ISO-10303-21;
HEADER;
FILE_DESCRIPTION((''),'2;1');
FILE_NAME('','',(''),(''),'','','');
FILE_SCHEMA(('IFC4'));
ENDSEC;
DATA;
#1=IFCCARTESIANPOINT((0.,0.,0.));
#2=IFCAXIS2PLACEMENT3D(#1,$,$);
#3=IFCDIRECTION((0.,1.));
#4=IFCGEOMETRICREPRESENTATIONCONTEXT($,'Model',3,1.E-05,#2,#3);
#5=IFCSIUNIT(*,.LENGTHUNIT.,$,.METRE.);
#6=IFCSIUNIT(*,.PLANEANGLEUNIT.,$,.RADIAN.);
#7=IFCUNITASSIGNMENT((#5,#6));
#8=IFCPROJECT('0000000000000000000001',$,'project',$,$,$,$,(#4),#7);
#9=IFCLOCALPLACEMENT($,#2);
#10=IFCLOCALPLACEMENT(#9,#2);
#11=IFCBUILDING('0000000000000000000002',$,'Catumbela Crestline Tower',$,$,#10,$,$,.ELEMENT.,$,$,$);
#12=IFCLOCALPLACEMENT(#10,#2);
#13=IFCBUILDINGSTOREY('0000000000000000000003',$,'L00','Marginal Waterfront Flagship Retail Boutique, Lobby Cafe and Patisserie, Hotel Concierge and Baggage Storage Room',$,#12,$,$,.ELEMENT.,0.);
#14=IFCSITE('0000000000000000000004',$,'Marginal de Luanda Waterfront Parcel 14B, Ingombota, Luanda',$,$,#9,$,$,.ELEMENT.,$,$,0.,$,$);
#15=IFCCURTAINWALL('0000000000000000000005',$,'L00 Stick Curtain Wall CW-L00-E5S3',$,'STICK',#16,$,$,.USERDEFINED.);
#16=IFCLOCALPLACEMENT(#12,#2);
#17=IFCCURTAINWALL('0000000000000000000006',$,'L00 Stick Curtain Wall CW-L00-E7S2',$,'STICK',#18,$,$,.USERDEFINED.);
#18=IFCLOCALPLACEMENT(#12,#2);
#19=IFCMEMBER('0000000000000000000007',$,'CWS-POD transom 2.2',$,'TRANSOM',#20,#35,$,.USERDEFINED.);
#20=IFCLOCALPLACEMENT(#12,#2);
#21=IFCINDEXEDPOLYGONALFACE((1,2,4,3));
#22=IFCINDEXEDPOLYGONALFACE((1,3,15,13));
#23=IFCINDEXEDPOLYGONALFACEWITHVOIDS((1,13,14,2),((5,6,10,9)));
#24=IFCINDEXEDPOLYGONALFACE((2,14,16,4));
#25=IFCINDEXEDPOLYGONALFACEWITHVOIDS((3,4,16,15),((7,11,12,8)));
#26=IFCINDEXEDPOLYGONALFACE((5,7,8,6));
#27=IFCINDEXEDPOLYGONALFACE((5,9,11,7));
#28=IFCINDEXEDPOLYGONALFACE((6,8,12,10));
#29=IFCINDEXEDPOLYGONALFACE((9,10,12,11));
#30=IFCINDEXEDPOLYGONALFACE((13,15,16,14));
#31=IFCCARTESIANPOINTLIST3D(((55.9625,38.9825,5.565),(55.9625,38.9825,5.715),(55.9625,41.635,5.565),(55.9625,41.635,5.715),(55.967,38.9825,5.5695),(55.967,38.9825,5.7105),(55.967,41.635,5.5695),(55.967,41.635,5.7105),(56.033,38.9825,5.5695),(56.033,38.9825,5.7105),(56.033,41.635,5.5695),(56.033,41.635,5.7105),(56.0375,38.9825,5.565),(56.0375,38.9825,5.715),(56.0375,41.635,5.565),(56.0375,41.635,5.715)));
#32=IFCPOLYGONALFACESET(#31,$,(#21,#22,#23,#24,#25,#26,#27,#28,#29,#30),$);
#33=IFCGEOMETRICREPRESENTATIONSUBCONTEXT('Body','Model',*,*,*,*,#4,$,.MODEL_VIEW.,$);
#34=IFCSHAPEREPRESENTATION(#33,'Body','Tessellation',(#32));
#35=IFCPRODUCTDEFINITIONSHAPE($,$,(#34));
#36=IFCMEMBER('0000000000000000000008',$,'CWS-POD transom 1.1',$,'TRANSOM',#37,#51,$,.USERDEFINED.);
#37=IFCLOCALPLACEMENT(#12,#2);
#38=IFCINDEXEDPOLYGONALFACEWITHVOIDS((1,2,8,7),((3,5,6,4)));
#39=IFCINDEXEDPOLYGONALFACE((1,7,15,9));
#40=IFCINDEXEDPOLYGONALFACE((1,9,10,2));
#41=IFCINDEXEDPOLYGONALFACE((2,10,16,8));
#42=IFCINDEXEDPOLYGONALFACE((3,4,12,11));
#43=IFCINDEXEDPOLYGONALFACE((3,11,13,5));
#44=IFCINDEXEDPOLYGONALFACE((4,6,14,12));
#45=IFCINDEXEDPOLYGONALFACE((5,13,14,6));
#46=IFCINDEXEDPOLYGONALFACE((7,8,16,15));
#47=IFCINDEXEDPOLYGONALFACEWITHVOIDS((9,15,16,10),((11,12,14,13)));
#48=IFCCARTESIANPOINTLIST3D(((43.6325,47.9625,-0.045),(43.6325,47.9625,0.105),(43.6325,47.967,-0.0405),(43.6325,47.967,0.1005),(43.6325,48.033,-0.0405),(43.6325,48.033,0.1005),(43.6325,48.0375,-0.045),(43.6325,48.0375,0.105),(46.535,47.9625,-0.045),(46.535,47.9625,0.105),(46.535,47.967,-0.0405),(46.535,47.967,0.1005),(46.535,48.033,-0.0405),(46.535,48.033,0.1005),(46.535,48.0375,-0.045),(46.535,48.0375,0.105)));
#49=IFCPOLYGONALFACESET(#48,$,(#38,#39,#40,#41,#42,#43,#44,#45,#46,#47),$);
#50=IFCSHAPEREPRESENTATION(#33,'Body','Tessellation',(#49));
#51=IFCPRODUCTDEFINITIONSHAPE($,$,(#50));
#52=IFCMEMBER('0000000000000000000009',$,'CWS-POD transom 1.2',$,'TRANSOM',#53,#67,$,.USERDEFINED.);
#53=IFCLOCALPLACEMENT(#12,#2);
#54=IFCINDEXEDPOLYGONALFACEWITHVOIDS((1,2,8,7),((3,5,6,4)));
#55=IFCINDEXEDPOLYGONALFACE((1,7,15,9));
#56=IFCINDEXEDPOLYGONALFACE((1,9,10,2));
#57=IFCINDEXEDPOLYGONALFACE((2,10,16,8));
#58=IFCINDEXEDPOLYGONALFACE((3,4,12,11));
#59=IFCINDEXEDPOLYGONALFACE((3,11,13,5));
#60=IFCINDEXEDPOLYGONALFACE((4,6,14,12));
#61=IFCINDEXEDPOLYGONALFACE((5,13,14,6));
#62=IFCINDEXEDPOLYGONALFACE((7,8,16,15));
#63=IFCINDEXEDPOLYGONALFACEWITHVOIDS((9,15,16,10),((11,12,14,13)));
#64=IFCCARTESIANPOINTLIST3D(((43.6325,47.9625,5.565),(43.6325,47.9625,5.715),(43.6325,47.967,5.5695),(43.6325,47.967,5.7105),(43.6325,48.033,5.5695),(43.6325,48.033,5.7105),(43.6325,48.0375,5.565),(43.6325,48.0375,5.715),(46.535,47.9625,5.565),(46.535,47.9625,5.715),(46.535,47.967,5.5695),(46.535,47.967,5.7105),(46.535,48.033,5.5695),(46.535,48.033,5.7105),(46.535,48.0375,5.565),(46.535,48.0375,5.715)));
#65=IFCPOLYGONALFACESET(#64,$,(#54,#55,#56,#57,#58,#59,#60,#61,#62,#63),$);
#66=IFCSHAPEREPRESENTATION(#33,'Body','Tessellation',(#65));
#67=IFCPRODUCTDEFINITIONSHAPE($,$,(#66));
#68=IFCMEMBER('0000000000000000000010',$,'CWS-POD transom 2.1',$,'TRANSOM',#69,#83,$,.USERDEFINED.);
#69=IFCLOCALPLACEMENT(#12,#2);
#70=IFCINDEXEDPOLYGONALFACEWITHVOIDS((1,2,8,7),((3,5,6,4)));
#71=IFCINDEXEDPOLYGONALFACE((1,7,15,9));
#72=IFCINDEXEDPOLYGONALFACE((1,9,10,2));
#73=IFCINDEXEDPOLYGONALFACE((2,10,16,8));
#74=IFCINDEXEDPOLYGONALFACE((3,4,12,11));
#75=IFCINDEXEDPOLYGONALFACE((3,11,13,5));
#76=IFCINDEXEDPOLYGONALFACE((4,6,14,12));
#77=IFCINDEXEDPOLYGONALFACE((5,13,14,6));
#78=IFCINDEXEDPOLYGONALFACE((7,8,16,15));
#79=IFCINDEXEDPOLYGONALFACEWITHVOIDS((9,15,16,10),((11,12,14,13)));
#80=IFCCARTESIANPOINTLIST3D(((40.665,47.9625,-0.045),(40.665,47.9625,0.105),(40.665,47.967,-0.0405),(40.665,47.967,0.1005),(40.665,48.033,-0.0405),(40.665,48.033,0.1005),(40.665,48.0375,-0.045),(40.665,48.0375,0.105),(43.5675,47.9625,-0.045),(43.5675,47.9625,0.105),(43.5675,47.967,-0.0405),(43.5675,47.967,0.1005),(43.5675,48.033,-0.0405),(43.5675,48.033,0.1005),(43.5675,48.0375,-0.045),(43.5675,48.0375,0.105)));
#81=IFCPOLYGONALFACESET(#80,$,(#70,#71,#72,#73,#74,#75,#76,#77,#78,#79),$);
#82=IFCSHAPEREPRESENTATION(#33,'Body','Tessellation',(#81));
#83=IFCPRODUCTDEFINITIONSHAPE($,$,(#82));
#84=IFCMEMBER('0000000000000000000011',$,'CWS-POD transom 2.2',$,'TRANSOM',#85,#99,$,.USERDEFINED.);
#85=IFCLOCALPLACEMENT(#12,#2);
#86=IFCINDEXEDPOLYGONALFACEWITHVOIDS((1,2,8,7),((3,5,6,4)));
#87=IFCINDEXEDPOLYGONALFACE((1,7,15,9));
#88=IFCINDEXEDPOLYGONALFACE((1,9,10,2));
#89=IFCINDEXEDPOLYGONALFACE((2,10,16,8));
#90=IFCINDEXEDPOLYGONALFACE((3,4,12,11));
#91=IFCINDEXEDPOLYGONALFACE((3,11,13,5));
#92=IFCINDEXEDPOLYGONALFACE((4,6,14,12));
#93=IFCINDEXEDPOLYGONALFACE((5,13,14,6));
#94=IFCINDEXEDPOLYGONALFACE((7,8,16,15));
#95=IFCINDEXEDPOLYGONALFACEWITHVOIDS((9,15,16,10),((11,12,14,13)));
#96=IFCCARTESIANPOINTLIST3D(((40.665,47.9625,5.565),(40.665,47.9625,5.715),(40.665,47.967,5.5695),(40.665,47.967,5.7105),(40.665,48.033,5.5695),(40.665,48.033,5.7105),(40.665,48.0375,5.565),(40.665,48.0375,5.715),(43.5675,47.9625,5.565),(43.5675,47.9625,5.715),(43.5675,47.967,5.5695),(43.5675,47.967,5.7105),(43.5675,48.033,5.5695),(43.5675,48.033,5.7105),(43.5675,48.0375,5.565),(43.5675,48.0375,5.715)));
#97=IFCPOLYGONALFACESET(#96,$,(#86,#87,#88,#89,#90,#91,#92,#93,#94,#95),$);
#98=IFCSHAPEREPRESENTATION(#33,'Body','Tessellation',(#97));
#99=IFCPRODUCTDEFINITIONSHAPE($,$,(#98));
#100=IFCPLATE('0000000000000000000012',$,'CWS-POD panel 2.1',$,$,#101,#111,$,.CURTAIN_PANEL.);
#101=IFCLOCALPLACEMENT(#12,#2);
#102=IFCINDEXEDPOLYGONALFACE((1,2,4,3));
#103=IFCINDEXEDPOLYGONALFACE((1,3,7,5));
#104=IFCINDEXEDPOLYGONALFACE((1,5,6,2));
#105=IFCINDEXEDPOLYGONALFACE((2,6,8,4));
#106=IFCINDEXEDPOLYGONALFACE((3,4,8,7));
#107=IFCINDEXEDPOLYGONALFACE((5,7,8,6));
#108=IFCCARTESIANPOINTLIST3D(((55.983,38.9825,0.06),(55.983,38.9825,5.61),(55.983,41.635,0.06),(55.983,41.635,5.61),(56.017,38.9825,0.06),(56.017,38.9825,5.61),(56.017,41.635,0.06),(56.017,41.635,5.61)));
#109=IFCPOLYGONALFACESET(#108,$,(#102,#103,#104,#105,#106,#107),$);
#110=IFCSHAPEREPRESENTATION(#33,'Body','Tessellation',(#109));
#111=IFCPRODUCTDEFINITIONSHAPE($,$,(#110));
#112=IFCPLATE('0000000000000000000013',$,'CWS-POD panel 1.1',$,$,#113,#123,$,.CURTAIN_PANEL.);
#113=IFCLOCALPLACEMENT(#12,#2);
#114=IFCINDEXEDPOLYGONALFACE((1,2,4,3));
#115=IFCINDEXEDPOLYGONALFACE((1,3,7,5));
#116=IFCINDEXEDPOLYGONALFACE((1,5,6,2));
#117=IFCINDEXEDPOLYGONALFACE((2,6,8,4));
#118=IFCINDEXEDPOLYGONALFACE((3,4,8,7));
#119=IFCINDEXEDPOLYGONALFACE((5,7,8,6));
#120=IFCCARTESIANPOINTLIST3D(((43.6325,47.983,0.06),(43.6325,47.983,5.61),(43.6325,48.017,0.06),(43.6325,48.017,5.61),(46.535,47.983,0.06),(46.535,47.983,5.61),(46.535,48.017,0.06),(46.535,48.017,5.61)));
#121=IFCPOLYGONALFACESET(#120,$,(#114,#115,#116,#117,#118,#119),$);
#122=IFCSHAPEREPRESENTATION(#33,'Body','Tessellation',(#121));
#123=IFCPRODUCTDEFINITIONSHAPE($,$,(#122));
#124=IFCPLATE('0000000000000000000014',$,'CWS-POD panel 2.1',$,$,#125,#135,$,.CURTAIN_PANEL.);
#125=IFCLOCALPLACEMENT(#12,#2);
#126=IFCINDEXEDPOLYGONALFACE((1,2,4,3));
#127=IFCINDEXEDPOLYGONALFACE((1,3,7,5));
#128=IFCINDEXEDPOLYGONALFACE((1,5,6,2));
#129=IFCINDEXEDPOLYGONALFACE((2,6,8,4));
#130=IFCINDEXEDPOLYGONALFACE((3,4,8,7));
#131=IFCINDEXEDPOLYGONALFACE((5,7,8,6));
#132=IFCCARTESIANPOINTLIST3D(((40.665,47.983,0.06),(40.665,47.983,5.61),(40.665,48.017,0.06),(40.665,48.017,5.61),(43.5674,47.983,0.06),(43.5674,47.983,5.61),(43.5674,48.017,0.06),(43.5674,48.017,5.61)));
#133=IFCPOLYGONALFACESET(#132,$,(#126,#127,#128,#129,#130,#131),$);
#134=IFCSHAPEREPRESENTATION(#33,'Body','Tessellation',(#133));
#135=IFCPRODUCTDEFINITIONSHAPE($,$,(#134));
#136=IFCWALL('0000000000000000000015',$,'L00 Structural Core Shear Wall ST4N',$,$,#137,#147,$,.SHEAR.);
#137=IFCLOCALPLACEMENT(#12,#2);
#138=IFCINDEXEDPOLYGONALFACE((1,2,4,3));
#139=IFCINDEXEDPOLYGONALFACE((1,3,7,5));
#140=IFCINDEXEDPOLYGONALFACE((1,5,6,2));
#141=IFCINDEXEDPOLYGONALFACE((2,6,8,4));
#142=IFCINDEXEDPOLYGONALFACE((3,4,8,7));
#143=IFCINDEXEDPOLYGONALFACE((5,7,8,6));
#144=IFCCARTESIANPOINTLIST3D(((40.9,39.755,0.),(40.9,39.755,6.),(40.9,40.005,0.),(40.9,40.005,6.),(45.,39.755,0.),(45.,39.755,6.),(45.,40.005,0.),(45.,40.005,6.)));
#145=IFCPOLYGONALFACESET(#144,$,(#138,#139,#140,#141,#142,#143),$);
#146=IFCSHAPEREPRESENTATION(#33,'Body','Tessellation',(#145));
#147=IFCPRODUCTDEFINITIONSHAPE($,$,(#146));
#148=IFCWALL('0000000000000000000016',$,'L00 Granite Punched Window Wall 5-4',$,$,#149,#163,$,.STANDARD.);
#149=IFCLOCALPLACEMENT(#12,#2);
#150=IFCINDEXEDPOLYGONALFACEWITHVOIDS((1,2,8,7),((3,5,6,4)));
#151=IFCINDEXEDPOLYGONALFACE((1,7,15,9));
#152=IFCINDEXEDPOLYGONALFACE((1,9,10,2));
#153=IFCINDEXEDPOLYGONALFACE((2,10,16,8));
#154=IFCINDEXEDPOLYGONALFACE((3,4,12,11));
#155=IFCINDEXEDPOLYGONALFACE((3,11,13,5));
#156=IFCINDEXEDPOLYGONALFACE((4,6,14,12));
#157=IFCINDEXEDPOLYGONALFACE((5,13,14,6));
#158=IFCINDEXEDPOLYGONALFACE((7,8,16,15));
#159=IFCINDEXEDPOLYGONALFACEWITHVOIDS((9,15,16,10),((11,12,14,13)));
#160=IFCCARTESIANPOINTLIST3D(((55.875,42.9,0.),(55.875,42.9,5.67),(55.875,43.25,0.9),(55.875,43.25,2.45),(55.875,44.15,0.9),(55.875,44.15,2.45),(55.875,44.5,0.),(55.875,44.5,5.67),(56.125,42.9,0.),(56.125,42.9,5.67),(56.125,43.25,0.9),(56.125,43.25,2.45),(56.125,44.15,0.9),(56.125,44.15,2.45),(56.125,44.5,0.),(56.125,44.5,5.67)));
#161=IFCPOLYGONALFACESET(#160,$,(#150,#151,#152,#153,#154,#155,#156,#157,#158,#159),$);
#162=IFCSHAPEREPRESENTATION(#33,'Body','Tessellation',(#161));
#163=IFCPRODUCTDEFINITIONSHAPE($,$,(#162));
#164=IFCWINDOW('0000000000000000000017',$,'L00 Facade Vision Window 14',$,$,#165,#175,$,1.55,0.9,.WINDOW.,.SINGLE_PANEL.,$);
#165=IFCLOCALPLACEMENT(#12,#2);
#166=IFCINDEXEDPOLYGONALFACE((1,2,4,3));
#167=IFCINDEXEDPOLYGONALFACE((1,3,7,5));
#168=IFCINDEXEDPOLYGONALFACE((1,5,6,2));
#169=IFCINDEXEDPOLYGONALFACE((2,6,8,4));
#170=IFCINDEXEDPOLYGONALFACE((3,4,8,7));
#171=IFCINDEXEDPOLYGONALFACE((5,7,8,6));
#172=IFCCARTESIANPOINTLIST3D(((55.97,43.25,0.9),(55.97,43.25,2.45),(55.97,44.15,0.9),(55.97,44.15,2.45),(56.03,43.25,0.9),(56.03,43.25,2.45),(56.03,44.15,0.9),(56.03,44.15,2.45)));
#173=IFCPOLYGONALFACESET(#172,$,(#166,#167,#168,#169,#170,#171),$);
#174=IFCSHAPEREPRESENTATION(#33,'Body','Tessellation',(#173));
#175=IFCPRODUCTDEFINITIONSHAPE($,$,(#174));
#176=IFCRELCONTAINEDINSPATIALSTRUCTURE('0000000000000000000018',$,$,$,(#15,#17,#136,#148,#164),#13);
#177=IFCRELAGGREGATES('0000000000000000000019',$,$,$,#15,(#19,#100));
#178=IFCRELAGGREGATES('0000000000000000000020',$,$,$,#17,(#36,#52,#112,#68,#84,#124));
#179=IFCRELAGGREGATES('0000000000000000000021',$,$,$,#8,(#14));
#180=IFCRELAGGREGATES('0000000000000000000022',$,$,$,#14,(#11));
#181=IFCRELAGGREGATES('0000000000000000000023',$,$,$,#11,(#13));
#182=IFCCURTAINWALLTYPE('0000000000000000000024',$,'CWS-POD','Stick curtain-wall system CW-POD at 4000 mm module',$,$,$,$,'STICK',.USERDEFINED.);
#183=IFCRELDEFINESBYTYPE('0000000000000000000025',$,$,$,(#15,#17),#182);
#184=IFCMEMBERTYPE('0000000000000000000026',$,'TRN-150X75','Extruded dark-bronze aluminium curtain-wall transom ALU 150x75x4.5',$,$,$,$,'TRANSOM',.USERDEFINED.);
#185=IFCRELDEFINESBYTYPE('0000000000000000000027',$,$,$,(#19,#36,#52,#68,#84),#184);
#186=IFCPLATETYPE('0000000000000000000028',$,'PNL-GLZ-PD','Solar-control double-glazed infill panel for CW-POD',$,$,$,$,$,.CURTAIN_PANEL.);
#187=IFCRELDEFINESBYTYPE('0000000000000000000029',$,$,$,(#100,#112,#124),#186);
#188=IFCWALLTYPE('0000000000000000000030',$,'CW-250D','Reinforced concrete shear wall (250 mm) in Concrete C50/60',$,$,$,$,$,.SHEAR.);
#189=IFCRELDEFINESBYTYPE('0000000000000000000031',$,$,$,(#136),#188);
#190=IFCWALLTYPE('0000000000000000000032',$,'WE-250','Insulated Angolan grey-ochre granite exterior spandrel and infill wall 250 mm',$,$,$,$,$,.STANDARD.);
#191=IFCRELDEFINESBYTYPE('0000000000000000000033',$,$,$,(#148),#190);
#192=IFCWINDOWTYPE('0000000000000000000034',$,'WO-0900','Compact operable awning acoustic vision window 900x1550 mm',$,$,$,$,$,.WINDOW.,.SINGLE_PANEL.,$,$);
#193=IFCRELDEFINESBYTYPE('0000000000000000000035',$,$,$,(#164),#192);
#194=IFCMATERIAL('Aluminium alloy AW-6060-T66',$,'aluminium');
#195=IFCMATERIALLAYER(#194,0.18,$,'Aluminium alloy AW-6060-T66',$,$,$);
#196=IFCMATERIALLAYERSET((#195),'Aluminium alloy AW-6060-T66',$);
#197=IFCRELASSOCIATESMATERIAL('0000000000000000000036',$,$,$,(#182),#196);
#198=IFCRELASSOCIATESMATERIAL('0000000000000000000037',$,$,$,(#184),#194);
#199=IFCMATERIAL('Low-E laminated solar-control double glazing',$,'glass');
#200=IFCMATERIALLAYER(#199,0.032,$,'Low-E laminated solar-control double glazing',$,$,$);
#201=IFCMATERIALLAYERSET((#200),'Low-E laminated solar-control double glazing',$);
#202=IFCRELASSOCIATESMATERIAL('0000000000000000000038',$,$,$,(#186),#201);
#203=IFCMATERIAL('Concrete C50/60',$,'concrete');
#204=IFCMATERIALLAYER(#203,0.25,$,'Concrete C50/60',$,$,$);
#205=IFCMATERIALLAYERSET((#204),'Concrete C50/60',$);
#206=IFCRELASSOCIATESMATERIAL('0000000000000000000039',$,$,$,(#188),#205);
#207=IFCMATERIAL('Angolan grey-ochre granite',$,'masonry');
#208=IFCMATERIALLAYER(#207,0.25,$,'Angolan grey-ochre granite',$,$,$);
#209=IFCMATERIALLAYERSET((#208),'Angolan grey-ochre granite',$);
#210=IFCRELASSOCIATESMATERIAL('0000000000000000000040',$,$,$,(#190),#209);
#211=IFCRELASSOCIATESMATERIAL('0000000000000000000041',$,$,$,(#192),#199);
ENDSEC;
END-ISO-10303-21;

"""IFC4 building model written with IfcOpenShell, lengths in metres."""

from ifc_helpers import new_model, si_unit, direction, frame, frame_2d, origin, origin_2d, place, context, subcontext, project, spatial, rectangle, hollow_rectangle, extrude, material, layer, layer_set, material_profile, profile_set, type_object, element, fill, aggregate, save


model = new_model("IFC4")

# Units and contexts
model_context = context("Model", 3, precision=1e-05, world=origin(), true_north=direction((0.0, 1.0)))
body_context = subcontext(model_context, "Body", "Model", "MODEL_VIEW")
ifc_project = project(units=[si_unit("LENGTHUNIT", "METRE"), si_unit("PLANEANGLEUNIT", "RADIAN")], contexts=[model_context])

# Site, building, storey
site_placement = place(None, origin())
site = spatial("IfcSite", under=ifc_project, at=site_placement, Name="Marginal de Luanda Waterfront Parcel 14B, Ingombota, Luanda", CompositionType="ELEMENT", RefElevation=0.0)
building_placement = place(site_placement, origin())
building = spatial("IfcBuilding", under=site, at=building_placement, Name="Catumbela Crestline Tower", CompositionType="ELEMENT")
storey_placement = place(building_placement, origin())
storey = spatial("IfcBuildingStorey", under=building, at=storey_placement, Name="L00", Description="Marginal Waterfront Flagship Retail Boutique, Lobby Cafe and Patisserie, Hotel Concierge and Baggage Storage Room", CompositionType="ELEMENT", Elevation=0.0)

# Curtain walls
ifc_material_1 = material(Name="Aluminium alloy AW-6060-T66", Category="aluminium")
ifc_layer_1 = layer(ifc_material_1, 0.18, Name="Aluminium alloy AW-6060-T66")
ifc_layer_set_1 = layer_set([ifc_layer_1], Name="Aluminium alloy AW-6060-T66")
curtain_wall_type = type_object("IfcCurtainWallType", Name="CWS-POD", Description="Stick curtain-wall system CW-POD at 4000 mm module", ElementType="STICK", PredefinedType="USERDEFINED", material=ifc_layer_set_1)
curtain_wall_1_placement = place(storey_placement, origin())
curtain_wall_1 = element("IfcCurtainWall", 1, at=curtain_wall_1_placement, inside=storey, type_object=curtain_wall_type, Name="L00 Stick Curtain Wall CW-L00-E5S3", ObjectType="STICK", PredefinedType="USERDEFINED")
curtain_wall_2_placement = place(storey_placement, origin())
curtain_wall_2 = element("IfcCurtainWall", 2, at=curtain_wall_2_placement, inside=storey, type_object=curtain_wall_type, Name="L00 Stick Curtain Wall CW-L00-E7S2", ObjectType="STICK", PredefinedType="USERDEFINED")

# Members
ifc_material_profile_1 = material_profile(ifc_material_1, hollow_rectangle(XDim=0.075, YDim=0.15, WallThickness=0.0045, at=origin_2d()), Name="ALU 150x75x4.5")
ifc_profile_set_1 = profile_set([ifc_material_profile_1], Name="Aluminium alloy AW-6060-T66")
member_type_1 = type_object("IfcMemberType", Name="TRN-150X75", Description="Extruded dark-bronze aluminium curtain-wall transom ALU 150x75x4.5", ElementType="TRANSOM", PredefinedType="USERDEFINED", material=ifc_profile_set_1)
member_1_placement = place(storey_placement, frame((56.0, 38.9825, 5.64), z_axis=(0.0, 1.0, 0.0), x_axis=(-1.0, 0.0, 0.0)))
member_1 = element("IfcMember", 3, at=member_1_placement, type_object=member_type_1, Name="CWS-POD transom 2.2", ObjectType="TRANSOM", PredefinedType="USERDEFINED", context=body_context, shape_type="SweptSolid", body=[
    extrude(hollow_rectangle(XDim=0.075, YDim=0.15, WallThickness=0.0045, at=origin_2d()), origin(), (0.0, 0.0, 1.0), 2.6525),
])
member_2_placement = place(storey_placement, frame((46.535, 48.0, 0.03), z_axis=(-1.0, 0.0, 0.0), x_axis=(0.0, -1.0, 0.0)))
member_2 = element("IfcMember", 4, at=member_2_placement, type_object=member_type_1, Name="CWS-POD transom 1.1", ObjectType="TRANSOM", PredefinedType="USERDEFINED", context=body_context, shape_type="SweptSolid", body=[
    extrude(hollow_rectangle(XDim=0.075, YDim=0.15, WallThickness=0.0045, at=origin_2d()), origin(), (0.0, 0.0, 1.0), 2.9025),
])
member_3_placement = place(storey_placement, frame((46.535, 48.0, 5.64), z_axis=(-1.0, 0.0, 0.0), x_axis=(0.0, -1.0, 0.0)))
member_3 = element("IfcMember", 5, at=member_3_placement, type_object=member_type_1, Name="CWS-POD transom 1.2", ObjectType="TRANSOM", PredefinedType="USERDEFINED", context=body_context, shape_type="SweptSolid", body=[
    extrude(hollow_rectangle(XDim=0.075, YDim=0.15, WallThickness=0.0045, at=origin_2d()), origin(), (0.0, 0.0, 1.0), 2.9025),
])
member_4_placement = place(storey_placement, frame((43.5675, 48.0, 0.03), z_axis=(-1.0, 0.0, 0.0), x_axis=(0.0, -1.0, 0.0)))
member_4 = element("IfcMember", 6, at=member_4_placement, type_object=member_type_1, Name="CWS-POD transom 2.1", ObjectType="TRANSOM", PredefinedType="USERDEFINED", context=body_context, shape_type="SweptSolid", body=[
    extrude(hollow_rectangle(XDim=0.075, YDim=0.15, WallThickness=0.0045, at=origin_2d()), origin(), (0.0, 0.0, 1.0), 2.9025),
])
member_5_placement = place(storey_placement, frame((43.5675, 48.0, 5.64), z_axis=(-1.0, 0.0, 0.0), x_axis=(0.0, -1.0, 0.0)))
member_5 = element("IfcMember", 7, at=member_5_placement, type_object=member_type_1, Name="CWS-POD transom 2.2", ObjectType="TRANSOM", PredefinedType="USERDEFINED", context=body_context, shape_type="SweptSolid", body=[
    extrude(hollow_rectangle(XDim=0.075, YDim=0.15, WallThickness=0.0045, at=origin_2d()), origin(), (0.0, 0.0, 1.0), 2.9025),
])

# Plates
ifc_material_2 = material(Name="Low-E laminated solar-control double glazing", Category="glass")
ifc_layer_2 = layer(ifc_material_2, 0.032, Name="Low-E laminated solar-control double glazing")
ifc_layer_set_2 = layer_set([ifc_layer_2], Name="Low-E laminated solar-control double glazing")
plate_type = type_object("IfcPlateType", Name="PNL-GLZ-PD", Description="Solar-control double-glazed infill panel for CW-POD", PredefinedType="CURTAIN_PANEL", material=ifc_layer_set_2)
plate_1_placement = place(storey_placement, frame((56.0, 40.3088, 0.06), z_axis=(0.0, 0.0, 1.0), x_axis=(0.0, 1.0, 0.0)))
plate_1 = element("IfcPlate", 8, at=plate_1_placement, type_object=plate_type, Name="CWS-POD panel 2.1", PredefinedType="CURTAIN_PANEL", context=body_context, shape_type="SweptSolid", body=[
    extrude(rectangle(XDim=2.6525, YDim=0.034, at=origin_2d()), origin(), (0.0, 0.0, 1.0), 5.55),
])
aggregate(curtain_wall_1, [member_1, plate_1])
plate_2_placement = place(storey_placement, frame((45.0838, 48.0, 0.06), z_axis=(0.0, 0.0, 1.0), x_axis=(-1.0, 0.0, 0.0)))
plate_2 = element("IfcPlate", 9, at=plate_2_placement, type_object=plate_type, Name="CWS-POD panel 1.1", PredefinedType="CURTAIN_PANEL", context=body_context, shape_type="SweptSolid", body=[
    extrude(rectangle(XDim=2.9025, YDim=0.034, at=origin_2d()), origin(), (0.0, 0.0, 1.0), 5.55),
])
plate_3_placement = place(storey_placement, frame((42.1162, 48.0, 0.06), z_axis=(0.0, 0.0, 1.0), x_axis=(-1.0, 0.0, 0.0)))
plate_3 = element("IfcPlate", 10, at=plate_3_placement, type_object=plate_type, Name="CWS-POD panel 2.1", PredefinedType="CURTAIN_PANEL", context=body_context, shape_type="SweptSolid", body=[
    extrude(rectangle(XDim=2.9025, YDim=0.034, at=origin_2d()), origin(), (0.0, 0.0, 1.0), 5.55),
])
aggregate(curtain_wall_2, [member_2, member_3, plate_2, member_4, member_5, plate_3])

# Wall
ifc_material_3 = material(Name="Concrete C50/60", Category="concrete")
ifc_layer_3 = layer(ifc_material_3, 0.25, Name="Concrete C50/60")
ifc_layer_set_3 = layer_set([ifc_layer_3], Name="Concrete C50/60")
wall_type_1 = type_object("IfcWallType", Name="CW-250D", Description="Reinforced concrete shear wall (250 mm) in Concrete C50/60", PredefinedType="SHEAR", material=ifc_layer_set_3)
wall_1_placement = place(storey_placement, frame((40.9, 39.88, 0.0), z_axis=(0.0, 0.0, 1.0), x_axis=(1.0, 0.0, 0.0)))
element("IfcWall", 11, at=wall_1_placement, inside=storey, type_object=wall_type_1, Name="L00 Structural Core Shear Wall ST4N", PredefinedType="SHEAR", context=body_context, shape_type="SweptSolid", body=[
    extrude(rectangle(XDim=4.1, YDim=0.25, at=frame_2d((2.05, 0.0))), origin(), (0.0, 0.0, 1.0), 6.0),
])

# Wall, opening, window
ifc_material_4 = material(Name="Angolan grey-ochre granite", Category="masonry")
ifc_layer_4 = layer(ifc_material_4, 0.25, Name="Angolan grey-ochre granite")
ifc_layer_set_4 = layer_set([ifc_layer_4], Name="Angolan grey-ochre granite")
wall_type_2 = type_object("IfcWallType", Name="WE-250", Description="Insulated Angolan grey-ochre granite exterior spandrel and infill wall 250 mm", PredefinedType="STANDARD", material=ifc_layer_set_4)
wall_2_placement = place(storey_placement, frame((56.0, 42.9, 0.0), z_axis=(0.0, 0.0, 1.0), x_axis=(0.0, 1.0, 0.0)))
wall_2 = element("IfcWall", 12, at=wall_2_placement, inside=storey, type_object=wall_type_2, Name="L00 Granite Punched Window Wall 5-4", PredefinedType="STANDARD", context=body_context, shape_type="SweptSolid", body=[
    extrude(rectangle(XDim=1.6, YDim=0.25, at=frame_2d((0.8, 0.0))), origin(), (0.0, 0.0, 1.0), 5.67),
])
opening_1_placement = place(wall_2_placement, frame((0.35, 0.0, 0.9)))
opening_1 = element("IfcOpeningElement", 13, at=opening_1_placement, cuts=wall_2, PredefinedType="OPENING", context=body_context, shape_type="SweptSolid", body=[
    extrude(rectangle(XDim=0.9, YDim=1.55, at=frame_2d((0.45, 0.775))), frame((0.0, 0.135, 0.0), z_axis=(0.0, -1.0, 0.0), x_axis=(1.0, 0.0, 0.0)), (0.0, 0.0, 1.0), 0.27),
])
window_type_1 = type_object("IfcWindowType", Name="WO-0900", Description="Compact operable awning acoustic vision window 900x1550 mm", PartitioningType="SINGLE_PANEL", PredefinedType="WINDOW", material=ifc_material_2)
window_1_placement = place(opening_1_placement, origin())
window_1 = element("IfcWindow", 14, at=window_1_placement, inside=storey, type_object=window_type_1, Name="L00 Facade Vision Window 14", OverallHeight=1.55, OverallWidth=0.9, PartitioningType="SINGLE_PANEL", PredefinedType="WINDOW", context=body_context, shape_type="SweptSolid", body=[
    extrude(rectangle(XDim=0.9, YDim=1.55, at=frame_2d((0.45, 0.775))), frame((0.0, 0.03, 0.0), z_axis=(0.0, -1.0, 0.0), x_axis=(1.0, 0.0, 0.0)), (0.0, 0.0, 1.0), 0.06),
])
fill(opening_1, window_1)

save(model, "model.ifc")
